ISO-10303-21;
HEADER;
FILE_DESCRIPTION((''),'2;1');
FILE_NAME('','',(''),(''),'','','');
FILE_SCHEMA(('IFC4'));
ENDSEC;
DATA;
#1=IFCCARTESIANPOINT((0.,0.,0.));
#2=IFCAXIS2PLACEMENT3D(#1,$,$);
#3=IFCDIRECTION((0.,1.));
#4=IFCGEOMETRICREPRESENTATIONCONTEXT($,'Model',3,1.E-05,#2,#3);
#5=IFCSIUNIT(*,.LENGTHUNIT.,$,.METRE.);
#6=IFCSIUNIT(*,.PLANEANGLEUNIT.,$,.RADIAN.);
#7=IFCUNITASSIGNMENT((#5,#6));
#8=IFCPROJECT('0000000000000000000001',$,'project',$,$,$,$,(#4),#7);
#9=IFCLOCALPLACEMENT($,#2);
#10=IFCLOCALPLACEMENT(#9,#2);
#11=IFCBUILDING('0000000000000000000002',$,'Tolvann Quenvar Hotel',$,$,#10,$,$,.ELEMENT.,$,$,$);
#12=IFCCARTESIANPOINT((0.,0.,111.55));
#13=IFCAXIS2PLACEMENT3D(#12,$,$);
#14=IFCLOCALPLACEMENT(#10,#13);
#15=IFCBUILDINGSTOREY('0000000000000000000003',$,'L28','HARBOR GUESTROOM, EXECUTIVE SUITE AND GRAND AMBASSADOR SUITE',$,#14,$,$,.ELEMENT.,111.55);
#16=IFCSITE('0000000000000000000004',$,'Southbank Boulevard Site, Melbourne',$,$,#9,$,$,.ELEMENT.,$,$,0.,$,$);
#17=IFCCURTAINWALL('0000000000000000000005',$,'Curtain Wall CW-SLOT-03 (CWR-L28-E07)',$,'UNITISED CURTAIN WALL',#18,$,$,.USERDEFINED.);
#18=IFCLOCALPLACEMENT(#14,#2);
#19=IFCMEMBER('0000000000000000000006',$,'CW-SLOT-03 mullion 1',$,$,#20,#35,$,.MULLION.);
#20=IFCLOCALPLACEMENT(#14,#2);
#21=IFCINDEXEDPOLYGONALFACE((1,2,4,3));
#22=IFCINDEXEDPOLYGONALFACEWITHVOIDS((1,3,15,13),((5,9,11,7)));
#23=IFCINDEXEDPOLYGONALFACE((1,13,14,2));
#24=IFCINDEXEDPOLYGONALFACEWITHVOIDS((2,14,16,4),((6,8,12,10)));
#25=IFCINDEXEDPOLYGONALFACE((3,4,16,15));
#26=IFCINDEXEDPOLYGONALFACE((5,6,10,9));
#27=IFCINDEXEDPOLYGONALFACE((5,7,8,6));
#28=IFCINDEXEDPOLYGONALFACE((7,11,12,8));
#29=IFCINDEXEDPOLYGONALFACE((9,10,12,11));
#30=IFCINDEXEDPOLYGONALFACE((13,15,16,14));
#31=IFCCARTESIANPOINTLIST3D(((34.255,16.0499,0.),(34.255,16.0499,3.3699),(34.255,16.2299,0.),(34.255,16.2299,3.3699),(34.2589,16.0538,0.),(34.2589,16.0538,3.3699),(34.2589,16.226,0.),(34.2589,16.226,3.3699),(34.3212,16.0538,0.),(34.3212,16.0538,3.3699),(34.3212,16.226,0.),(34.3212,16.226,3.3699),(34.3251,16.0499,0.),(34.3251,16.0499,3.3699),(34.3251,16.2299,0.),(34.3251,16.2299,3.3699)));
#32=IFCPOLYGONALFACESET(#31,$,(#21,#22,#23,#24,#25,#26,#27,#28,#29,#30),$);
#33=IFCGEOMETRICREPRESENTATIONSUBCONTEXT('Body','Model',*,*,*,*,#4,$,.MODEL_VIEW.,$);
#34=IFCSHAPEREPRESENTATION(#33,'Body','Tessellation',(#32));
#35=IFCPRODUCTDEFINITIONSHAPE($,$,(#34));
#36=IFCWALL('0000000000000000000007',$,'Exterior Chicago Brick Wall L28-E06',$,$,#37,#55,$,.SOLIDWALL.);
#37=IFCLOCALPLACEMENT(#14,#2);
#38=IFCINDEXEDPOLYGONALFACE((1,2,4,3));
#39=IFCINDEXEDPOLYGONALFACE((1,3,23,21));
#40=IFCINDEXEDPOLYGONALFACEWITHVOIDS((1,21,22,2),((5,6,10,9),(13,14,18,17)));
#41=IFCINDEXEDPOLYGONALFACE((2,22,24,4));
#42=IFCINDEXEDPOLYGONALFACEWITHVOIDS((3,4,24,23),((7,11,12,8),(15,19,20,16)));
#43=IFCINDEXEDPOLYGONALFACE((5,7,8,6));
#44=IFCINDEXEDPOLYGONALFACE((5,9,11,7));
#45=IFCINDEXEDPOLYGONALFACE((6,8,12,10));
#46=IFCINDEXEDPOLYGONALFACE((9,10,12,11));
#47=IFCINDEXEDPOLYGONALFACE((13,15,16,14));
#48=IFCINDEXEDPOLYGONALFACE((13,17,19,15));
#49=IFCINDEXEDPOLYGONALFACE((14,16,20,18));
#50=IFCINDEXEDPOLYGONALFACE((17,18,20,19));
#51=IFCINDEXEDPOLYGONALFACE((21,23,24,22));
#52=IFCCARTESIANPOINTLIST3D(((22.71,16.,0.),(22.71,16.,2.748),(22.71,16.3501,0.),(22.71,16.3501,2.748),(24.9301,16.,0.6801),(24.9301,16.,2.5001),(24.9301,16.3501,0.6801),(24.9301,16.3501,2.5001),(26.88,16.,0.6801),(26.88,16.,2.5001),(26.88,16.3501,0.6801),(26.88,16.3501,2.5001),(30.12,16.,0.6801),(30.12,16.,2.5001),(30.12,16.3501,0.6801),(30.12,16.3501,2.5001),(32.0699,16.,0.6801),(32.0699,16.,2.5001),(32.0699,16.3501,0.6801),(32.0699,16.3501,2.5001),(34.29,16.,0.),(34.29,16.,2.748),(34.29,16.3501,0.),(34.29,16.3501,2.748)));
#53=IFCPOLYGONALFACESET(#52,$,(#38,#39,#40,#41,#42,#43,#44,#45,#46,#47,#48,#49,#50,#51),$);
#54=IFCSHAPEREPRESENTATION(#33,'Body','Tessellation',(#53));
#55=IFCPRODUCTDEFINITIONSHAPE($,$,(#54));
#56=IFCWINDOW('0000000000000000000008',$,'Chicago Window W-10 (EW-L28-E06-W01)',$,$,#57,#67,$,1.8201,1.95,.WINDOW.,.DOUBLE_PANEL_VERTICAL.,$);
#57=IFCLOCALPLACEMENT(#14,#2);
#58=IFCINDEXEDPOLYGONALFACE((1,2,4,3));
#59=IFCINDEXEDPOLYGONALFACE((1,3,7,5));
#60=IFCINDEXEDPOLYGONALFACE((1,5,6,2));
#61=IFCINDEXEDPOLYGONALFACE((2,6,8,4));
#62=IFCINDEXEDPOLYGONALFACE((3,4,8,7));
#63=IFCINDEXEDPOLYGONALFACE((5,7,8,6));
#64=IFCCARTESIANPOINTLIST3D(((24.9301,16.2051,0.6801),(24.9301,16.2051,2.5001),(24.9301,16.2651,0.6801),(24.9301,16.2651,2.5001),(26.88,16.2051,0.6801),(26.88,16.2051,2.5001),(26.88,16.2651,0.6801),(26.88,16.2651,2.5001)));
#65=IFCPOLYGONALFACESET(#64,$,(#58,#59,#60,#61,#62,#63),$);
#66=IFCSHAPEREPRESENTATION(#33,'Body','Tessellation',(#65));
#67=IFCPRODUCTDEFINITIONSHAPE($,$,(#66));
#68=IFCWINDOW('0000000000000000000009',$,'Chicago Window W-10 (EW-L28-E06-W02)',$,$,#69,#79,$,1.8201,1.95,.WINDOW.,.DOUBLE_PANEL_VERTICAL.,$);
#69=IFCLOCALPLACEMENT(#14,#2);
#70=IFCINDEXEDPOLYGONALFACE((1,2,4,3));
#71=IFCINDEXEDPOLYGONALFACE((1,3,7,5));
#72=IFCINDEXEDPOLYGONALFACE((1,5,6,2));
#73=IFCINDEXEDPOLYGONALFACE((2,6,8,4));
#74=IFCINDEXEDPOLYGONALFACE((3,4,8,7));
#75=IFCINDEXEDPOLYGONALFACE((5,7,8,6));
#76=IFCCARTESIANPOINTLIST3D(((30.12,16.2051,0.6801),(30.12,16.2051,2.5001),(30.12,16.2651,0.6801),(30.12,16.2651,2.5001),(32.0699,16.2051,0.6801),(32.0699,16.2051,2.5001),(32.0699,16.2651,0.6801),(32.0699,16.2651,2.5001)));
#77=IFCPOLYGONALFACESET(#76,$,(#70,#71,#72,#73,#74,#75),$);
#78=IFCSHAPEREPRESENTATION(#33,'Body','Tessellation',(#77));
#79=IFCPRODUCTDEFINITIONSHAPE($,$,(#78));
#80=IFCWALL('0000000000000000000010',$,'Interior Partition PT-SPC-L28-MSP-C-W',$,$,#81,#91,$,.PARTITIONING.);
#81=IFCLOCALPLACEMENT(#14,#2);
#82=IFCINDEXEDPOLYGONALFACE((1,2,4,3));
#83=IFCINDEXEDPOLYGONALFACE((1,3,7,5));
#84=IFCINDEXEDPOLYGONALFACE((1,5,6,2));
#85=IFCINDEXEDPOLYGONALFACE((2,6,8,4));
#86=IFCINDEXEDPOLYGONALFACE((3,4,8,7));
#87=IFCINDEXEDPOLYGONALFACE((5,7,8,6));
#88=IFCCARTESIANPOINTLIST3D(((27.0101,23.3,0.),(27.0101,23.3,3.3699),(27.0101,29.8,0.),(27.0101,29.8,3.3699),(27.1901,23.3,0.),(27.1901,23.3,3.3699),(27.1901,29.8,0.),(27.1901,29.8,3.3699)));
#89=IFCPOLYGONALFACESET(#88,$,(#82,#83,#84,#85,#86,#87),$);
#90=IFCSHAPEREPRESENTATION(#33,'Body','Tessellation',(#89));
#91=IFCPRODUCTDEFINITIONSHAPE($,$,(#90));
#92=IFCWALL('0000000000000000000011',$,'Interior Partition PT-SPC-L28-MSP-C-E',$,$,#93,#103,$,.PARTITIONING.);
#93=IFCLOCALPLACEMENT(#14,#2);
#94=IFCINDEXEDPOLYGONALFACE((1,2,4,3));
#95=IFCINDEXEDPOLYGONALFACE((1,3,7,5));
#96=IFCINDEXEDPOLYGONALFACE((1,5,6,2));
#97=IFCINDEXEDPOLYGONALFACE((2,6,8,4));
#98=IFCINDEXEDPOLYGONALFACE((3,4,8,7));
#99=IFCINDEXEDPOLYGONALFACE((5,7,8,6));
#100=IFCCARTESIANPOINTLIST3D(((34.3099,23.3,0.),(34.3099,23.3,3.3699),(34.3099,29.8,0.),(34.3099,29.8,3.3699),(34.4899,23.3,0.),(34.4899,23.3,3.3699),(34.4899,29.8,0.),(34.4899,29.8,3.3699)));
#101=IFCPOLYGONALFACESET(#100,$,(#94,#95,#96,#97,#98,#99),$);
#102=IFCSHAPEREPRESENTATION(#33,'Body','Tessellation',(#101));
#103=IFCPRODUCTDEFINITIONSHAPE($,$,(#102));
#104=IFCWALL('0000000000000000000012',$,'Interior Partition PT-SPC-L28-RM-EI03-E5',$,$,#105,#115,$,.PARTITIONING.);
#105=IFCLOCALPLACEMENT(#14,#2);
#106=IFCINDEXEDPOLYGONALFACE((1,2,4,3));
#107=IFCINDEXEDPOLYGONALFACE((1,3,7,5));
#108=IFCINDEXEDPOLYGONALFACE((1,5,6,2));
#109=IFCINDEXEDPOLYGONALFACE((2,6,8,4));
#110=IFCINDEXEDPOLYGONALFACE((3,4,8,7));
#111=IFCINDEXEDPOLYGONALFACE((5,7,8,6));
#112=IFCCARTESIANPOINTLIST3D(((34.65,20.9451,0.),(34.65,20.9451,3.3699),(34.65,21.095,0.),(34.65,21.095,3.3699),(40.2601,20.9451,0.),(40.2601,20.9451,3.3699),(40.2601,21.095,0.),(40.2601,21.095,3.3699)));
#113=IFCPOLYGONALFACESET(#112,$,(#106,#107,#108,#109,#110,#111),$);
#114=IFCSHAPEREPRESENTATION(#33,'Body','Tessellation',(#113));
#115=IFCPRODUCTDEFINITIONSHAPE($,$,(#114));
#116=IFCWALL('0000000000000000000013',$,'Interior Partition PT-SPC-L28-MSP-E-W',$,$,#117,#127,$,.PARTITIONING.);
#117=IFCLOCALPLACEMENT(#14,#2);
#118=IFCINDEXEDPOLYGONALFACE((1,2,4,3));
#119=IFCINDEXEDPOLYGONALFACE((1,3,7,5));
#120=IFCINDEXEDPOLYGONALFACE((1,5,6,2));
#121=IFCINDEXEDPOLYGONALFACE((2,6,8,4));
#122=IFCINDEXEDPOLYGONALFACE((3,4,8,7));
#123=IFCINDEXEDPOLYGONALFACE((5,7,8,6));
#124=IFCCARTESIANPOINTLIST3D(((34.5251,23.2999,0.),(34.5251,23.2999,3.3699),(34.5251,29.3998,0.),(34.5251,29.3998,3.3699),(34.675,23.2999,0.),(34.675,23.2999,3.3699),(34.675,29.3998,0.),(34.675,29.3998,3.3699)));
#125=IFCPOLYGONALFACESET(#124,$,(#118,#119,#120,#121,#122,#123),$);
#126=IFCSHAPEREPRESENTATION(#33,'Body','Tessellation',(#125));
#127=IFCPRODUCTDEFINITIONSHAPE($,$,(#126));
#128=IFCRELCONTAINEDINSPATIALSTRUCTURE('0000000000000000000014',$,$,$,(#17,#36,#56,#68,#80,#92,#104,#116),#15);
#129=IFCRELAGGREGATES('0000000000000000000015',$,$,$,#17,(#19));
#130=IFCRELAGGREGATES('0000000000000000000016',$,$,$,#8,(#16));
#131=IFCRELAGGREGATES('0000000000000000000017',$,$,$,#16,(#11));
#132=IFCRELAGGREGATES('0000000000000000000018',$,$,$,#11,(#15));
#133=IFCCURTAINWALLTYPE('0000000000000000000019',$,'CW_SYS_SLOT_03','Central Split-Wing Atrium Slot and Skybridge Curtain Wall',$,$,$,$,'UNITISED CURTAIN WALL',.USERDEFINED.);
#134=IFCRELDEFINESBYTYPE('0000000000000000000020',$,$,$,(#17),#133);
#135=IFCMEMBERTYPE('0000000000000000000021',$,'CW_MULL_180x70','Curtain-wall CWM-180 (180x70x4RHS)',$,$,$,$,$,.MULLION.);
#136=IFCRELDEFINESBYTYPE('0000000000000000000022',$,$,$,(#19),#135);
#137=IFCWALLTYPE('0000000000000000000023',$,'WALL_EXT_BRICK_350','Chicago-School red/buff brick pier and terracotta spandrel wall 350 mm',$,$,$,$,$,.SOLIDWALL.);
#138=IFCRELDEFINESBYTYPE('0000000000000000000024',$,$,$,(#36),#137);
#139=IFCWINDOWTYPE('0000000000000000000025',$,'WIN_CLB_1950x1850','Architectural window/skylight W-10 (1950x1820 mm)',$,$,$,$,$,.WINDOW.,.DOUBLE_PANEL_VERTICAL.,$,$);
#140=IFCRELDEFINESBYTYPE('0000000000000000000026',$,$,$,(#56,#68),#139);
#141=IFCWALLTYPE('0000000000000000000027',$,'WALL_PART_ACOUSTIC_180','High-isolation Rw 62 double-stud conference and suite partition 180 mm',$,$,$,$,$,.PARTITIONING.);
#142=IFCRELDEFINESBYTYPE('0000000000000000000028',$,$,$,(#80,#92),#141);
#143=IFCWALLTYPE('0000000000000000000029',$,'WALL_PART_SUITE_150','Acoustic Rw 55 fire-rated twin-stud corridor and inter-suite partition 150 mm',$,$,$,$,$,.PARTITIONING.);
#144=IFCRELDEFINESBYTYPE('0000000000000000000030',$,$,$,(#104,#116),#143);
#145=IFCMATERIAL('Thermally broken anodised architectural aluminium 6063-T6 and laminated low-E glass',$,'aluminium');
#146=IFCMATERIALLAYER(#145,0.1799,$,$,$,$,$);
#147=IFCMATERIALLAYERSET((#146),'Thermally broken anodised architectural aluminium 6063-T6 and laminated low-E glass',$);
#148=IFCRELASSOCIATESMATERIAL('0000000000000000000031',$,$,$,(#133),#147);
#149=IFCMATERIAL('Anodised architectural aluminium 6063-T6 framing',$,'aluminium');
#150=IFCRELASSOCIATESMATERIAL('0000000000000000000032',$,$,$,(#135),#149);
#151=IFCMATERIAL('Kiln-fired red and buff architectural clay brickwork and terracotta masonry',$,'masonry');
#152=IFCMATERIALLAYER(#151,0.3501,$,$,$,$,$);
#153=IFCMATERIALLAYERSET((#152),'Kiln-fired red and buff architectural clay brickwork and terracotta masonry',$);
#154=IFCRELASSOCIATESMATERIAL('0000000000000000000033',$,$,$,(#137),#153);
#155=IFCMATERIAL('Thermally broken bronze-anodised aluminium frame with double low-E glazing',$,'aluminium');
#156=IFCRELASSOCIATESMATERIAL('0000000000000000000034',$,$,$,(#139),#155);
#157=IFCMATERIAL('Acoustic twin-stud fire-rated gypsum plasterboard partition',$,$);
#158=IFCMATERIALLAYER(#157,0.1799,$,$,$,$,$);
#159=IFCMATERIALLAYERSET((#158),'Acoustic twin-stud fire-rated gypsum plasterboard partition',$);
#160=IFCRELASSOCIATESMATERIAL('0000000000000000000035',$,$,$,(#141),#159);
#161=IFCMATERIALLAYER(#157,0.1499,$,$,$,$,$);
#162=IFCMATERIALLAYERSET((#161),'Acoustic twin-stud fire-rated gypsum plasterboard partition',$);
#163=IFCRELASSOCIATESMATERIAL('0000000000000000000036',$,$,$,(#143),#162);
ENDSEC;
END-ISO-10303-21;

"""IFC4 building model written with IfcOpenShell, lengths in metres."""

from ifc_helpers import new_model, si_unit, direction, frame, frame_2d, origin, origin_2d, place, context, subcontext, project, spatial, rectangle, hollow_rectangle, extrude, source, transform, mapped, material, layer, layer_set, material_profile, profile_set, type_object, type_shapes, element, fill, aggregate, save


model = new_model("IFC4")

# Units and contexts
model_context = context("Model", 3, precision=1e-05, world=origin(), true_north=direction((0.0, 1.0)))
body_context = subcontext(model_context, "Body", "Model", "MODEL_VIEW")
ifc_project = project(units=[si_unit("LENGTHUNIT", "METRE"), si_unit("PLANEANGLEUNIT", "RADIAN")], contexts=[model_context])

# Site, building, storey
site_placement = place(None, origin())
site = spatial("IfcSite", under=ifc_project, at=site_placement, Name="Southbank Boulevard Site, Melbourne", CompositionType="ELEMENT", RefElevation=0.0)
building_placement = place(site_placement, origin())
building = spatial("IfcBuilding", under=site, at=building_placement, Name="Tolvann Quenvar Hotel", CompositionType="ELEMENT")
storey_placement = place(building_placement, frame((0.0, 0.0, 111.55)))
storey = spatial("IfcBuildingStorey", under=building, at=storey_placement, Name="L28", Description="HARBOR GUESTROOM, EXECUTIVE SUITE AND GRAND AMBASSADOR SUITE", CompositionType="ELEMENT", Elevation=111.55)

# Curtain wall, member
ifc_material_1 = material(Name="Thermally broken anodised architectural aluminium 6063-T6 and laminated low-E glass", Category="aluminium")
ifc_layer_1 = layer(ifc_material_1, 0.1799)
ifc_layer_set_1 = layer_set([ifc_layer_1], Name="Thermally broken anodised architectural aluminium 6063-T6 and laminated low-E glass")
curtain_wall_type = type_object("IfcCurtainWallType", Name="CW_SYS_SLOT_03", Description="Central Split-Wing Atrium Slot and Skybridge Curtain Wall", ElementType="UNITISED CURTAIN WALL", PredefinedType="USERDEFINED", material=ifc_layer_set_1)
curtain_wall_placement = place(storey_placement, origin())
curtain_wall = element("IfcCurtainWall", 1, at=curtain_wall_placement, inside=storey, type_object=curtain_wall_type, Name="Curtain Wall CW-SLOT-03 (CWR-L28-E07)", ObjectType="UNITISED CURTAIN WALL", PredefinedType="USERDEFINED")
ifc_material_2 = material(Name="Anodised architectural aluminium 6063-T6 framing", Category="aluminium")
ifc_material_profile_1 = material_profile(ifc_material_2, hollow_rectangle(XDim=0.0701, YDim=0.1799, WallThickness=0.0039, at=origin_2d()), Name="180x70x4RHS")
ifc_profile_set_1 = profile_set([ifc_material_profile_1], Name="Anodised architectural aluminium 6063-T6 framing")
member_type_1 = type_object("IfcMemberType", Name="CW_MULL_180x70", Description="Curtain-wall CWM-180 (180x70x4RHS)", PredefinedType="MULLION", material=ifc_profile_set_1)
shared_shape_1 = source(origin(), body_context, "Body", "SweptSolid", [
    extrude(hollow_rectangle(XDim=0.0701, YDim=0.1799, WallThickness=0.0039, at=origin_2d()), origin(), (0.0, 0.0, 1.0), 3.3699),
])
type_shapes(member_type_1, [shared_shape_1])
member_1_placement = place(storey_placement, frame((34.29, 16.1399, 0.0), z_axis=(0.0, 0.0, 1.0), x_axis=(1.0, 0.0, 0.0)))
member_1 = element("IfcMember", 2, at=member_1_placement, type_object=member_type_1, Name="CW-SLOT-03 mullion 1", PredefinedType="MULLION", context=body_context, shape_type="MappedRepresentation", body=[
    mapped(shared_shape_1, transform((0.0, 0.0, 0.0), x_axis=(1.0, 0.0, 0.0), y_axis=(0.0, 1.0, 0.0), z_axis=(0.0, 0.0, 1.0), scale=1.0)),
])
aggregate(curtain_wall, [member_1])

# Wall, openings, windows
ifc_material_3 = material(Name="Kiln-fired red and buff architectural clay brickwork and terracotta masonry", Category="masonry")
ifc_layer_2 = layer(ifc_material_3, 0.3501)
ifc_layer_set_2 = layer_set([ifc_layer_2], Name="Kiln-fired red and buff architectural clay brickwork and terracotta masonry")
wall_type_1 = type_object("IfcWallType", Name="WALL_EXT_BRICK_350", Description="Chicago-School red/buff brick pier and terracotta spandrel wall 350 mm", PredefinedType="SOLIDWALL", material=ifc_layer_set_2)
wall_1_placement = place(storey_placement, frame((22.71, 16.175, 0.0), z_axis=(0.0, 0.0, 1.0), x_axis=(1.0, 0.0, 0.0)))
wall_1 = element("IfcWall", 3, at=wall_1_placement, inside=storey, type_object=wall_type_1, Name="Exterior Chicago Brick Wall L28-E06", PredefinedType="SOLIDWALL", context=body_context, shape_type="SweptSolid", body=[
    extrude(rectangle(XDim=11.5801, YDim=0.3501, at=frame_2d((5.79, 0.0))), origin(), (0.0, 0.0, 1.0), 2.748),
])
opening_1_placement = place(wall_1_placement, frame((2.22, 0.0, 0.6799)))
opening_1 = element("IfcOpeningElement", 4, at=opening_1_placement, cuts=wall_1, PredefinedType="OPENING", context=body_context, shape_type="SweptSolid", body=[
    extrude(rectangle(XDim=1.95, YDim=1.8201, at=frame_2d((0.9751, 0.9102))), frame((0.0, 0.1851, 0.0), z_axis=(0.0, -1.0, 0.0), x_axis=(1.0, 0.0, 0.0)), (0.0, 0.0, 1.0), 0.3701),
])
opening_2_placement = place(wall_1_placement, frame((7.4099, 0.0, 0.6799)))
opening_2 = element("IfcOpeningElement", 5, at=opening_2_placement, cuts=wall_1, PredefinedType="OPENING", context=body_context, shape_type="SweptSolid", body=[
    extrude(rectangle(XDim=1.95, YDim=1.8201, at=frame_2d((0.9751, 0.9102))), frame((0.0, 0.1851, 0.0), z_axis=(0.0, -1.0, 0.0), x_axis=(1.0, 0.0, 0.0)), (0.0, 0.0, 1.0), 0.3701),
])
ifc_material_4 = material(Name="Thermally broken bronze-anodised aluminium frame with double low-E glazing", Category="aluminium")
window_type = type_object("IfcWindowType", Name="WIN_CLB_1950x1850", Description="Architectural window/skylight W-10 (1950x1820 mm)", PartitioningType="DOUBLE_PANEL_VERTICAL", PredefinedType="WINDOW", material=ifc_material_4)
shared_shape_2 = source(origin(), body_context, "Body", "SweptSolid", [
    extrude(rectangle(XDim=1.95, YDim=1.8201, at=frame_2d((0.9751, 0.9102))), frame((0.0, 0.0901, 0.0), z_axis=(0.0, -1.0, 0.0), x_axis=(1.0, 0.0, 0.0)), (0.0, 0.0, 1.0), 0.0601),
])
type_shapes(window_type, [shared_shape_2])
window_1_placement = place(opening_1_placement, origin())
window_1 = element("IfcWindow", 6, at=window_1_placement, inside=storey, type_object=window_type, Name="Chicago Window W-10 (EW-L28-E06-W01)", OverallHeight=1.8201, OverallWidth=1.95, PartitioningType="DOUBLE_PANEL_VERTICAL", PredefinedType="WINDOW", context=body_context, shape_type="MappedRepresentation", body=[
    mapped(shared_shape_2, transform((0.0, 0.0, 0.0), x_axis=(1.0, 0.0, 0.0), y_axis=(0.0, 1.0, 0.0), z_axis=(0.0, 0.0, 1.0), scale=1.0)),
])
fill(opening_1, window_1)
window_2_placement = place(opening_2_placement, origin())
window_2 = element("IfcWindow", 7, at=window_2_placement, inside=storey, type_object=window_type, Name="Chicago Window W-10 (EW-L28-E06-W02)", OverallHeight=1.8201, OverallWidth=1.95, PartitioningType="DOUBLE_PANEL_VERTICAL", PredefinedType="WINDOW", context=body_context, shape_type="MappedRepresentation", body=[
    mapped(shared_shape_2, transform((0.0, 0.0, 0.0), x_axis=(1.0, 0.0, 0.0), y_axis=(0.0, 1.0, 0.0), z_axis=(0.0, 0.0, 1.0), scale=1.0)),
])
fill(opening_2, window_2)

# Shared definitions
ifc_material_5 = material(Name="Acoustic twin-stud fire-rated gypsum plasterboard partition")
ifc_layer_3 = layer(ifc_material_5, 0.1799)
ifc_layer_set_3 = layer_set([ifc_layer_3], Name="Acoustic twin-stud fire-rated gypsum plasterboard partition")
wall_type_2 = type_object("IfcWallType", Name="WALL_PART_ACOUSTIC_180", Description="High-isolation Rw 62 double-stud conference and suite partition 180 mm", PredefinedType="PARTITIONING", material=ifc_layer_set_3)

# Walls
for number, where, z_axis, x_axis, name in (
    (8, (27.1001, 23.3, 0.0), (0.0, 0.0, 1.0), (0.0, 1.0, 0.0), "Interior Partition PT-SPC-L28-MSP-C-W"),
    (9, (34.3999, 23.3, 0.0), (0.0, 0.0, 1.0), (0.0, 1.0, 0.0), "Interior Partition PT-SPC-L28-MSP-C-E"),
):
    element("IfcWall", number, at=place(storey_placement, frame(where, z_axis=z_axis, x_axis=x_axis)), inside=storey, type_object=wall_type_2, Name=name, PredefinedType="PARTITIONING", context=body_context, shape_type="SweptSolid", body=[
        extrude(rectangle(XDim=6.5, YDim=0.1799, at=frame_2d((3.25, 0.0))), origin(), (0.0, 0.0, 1.0), 3.3699),
    ])
ifc_layer_4 = layer(ifc_material_5, 0.1499)
ifc_layer_set_4 = layer_set([ifc_layer_4], Name="Acoustic twin-stud fire-rated gypsum plasterboard partition")
wall_type_3 = type_object("IfcWallType", Name="WALL_PART_SUITE_150", Description="Acoustic Rw 55 fire-rated twin-stud corridor and inter-suite partition 150 mm", PredefinedType="PARTITIONING", material=ifc_layer_set_4)
wall_2_placement = place(storey_placement, frame((34.6499, 21.02, 0.0), z_axis=(0.0, 0.0, 1.0), x_axis=(1.0, 0.0, 0.0)))
element("IfcWall", 10, at=wall_2_placement, inside=storey, type_object=wall_type_3, Name="Interior Partition PT-SPC-L28-RM-EI03-E5", PredefinedType="PARTITIONING", context=body_context, shape_type="SweptSolid", body=[
    extrude(rectangle(XDim=5.6101, YDim=0.1499, at=frame_2d((2.8052, 0.0))), origin(), (0.0, 0.0, 1.0), 3.3699),
])

# Wall
wall_3_placement = place(storey_placement, frame((34.6001, 23.3, 0.0), z_axis=(0.0, 0.0, 1.0), x_axis=(0.0, 1.0, 0.0)))
element("IfcWall", 11, at=wall_3_placement, inside=storey, type_object=wall_type_3, Name="Interior Partition PT-SPC-L28-MSP-E-W", PredefinedType="PARTITIONING", context=body_context, shape_type="SweptSolid", body=[
    extrude(rectangle(XDim=6.0999, YDim=0.1499, at=frame_2d((3.0498, 0.0))), origin(), (0.0, 0.0, 1.0), 3.3699),
])

save(model, "model.ifc")
